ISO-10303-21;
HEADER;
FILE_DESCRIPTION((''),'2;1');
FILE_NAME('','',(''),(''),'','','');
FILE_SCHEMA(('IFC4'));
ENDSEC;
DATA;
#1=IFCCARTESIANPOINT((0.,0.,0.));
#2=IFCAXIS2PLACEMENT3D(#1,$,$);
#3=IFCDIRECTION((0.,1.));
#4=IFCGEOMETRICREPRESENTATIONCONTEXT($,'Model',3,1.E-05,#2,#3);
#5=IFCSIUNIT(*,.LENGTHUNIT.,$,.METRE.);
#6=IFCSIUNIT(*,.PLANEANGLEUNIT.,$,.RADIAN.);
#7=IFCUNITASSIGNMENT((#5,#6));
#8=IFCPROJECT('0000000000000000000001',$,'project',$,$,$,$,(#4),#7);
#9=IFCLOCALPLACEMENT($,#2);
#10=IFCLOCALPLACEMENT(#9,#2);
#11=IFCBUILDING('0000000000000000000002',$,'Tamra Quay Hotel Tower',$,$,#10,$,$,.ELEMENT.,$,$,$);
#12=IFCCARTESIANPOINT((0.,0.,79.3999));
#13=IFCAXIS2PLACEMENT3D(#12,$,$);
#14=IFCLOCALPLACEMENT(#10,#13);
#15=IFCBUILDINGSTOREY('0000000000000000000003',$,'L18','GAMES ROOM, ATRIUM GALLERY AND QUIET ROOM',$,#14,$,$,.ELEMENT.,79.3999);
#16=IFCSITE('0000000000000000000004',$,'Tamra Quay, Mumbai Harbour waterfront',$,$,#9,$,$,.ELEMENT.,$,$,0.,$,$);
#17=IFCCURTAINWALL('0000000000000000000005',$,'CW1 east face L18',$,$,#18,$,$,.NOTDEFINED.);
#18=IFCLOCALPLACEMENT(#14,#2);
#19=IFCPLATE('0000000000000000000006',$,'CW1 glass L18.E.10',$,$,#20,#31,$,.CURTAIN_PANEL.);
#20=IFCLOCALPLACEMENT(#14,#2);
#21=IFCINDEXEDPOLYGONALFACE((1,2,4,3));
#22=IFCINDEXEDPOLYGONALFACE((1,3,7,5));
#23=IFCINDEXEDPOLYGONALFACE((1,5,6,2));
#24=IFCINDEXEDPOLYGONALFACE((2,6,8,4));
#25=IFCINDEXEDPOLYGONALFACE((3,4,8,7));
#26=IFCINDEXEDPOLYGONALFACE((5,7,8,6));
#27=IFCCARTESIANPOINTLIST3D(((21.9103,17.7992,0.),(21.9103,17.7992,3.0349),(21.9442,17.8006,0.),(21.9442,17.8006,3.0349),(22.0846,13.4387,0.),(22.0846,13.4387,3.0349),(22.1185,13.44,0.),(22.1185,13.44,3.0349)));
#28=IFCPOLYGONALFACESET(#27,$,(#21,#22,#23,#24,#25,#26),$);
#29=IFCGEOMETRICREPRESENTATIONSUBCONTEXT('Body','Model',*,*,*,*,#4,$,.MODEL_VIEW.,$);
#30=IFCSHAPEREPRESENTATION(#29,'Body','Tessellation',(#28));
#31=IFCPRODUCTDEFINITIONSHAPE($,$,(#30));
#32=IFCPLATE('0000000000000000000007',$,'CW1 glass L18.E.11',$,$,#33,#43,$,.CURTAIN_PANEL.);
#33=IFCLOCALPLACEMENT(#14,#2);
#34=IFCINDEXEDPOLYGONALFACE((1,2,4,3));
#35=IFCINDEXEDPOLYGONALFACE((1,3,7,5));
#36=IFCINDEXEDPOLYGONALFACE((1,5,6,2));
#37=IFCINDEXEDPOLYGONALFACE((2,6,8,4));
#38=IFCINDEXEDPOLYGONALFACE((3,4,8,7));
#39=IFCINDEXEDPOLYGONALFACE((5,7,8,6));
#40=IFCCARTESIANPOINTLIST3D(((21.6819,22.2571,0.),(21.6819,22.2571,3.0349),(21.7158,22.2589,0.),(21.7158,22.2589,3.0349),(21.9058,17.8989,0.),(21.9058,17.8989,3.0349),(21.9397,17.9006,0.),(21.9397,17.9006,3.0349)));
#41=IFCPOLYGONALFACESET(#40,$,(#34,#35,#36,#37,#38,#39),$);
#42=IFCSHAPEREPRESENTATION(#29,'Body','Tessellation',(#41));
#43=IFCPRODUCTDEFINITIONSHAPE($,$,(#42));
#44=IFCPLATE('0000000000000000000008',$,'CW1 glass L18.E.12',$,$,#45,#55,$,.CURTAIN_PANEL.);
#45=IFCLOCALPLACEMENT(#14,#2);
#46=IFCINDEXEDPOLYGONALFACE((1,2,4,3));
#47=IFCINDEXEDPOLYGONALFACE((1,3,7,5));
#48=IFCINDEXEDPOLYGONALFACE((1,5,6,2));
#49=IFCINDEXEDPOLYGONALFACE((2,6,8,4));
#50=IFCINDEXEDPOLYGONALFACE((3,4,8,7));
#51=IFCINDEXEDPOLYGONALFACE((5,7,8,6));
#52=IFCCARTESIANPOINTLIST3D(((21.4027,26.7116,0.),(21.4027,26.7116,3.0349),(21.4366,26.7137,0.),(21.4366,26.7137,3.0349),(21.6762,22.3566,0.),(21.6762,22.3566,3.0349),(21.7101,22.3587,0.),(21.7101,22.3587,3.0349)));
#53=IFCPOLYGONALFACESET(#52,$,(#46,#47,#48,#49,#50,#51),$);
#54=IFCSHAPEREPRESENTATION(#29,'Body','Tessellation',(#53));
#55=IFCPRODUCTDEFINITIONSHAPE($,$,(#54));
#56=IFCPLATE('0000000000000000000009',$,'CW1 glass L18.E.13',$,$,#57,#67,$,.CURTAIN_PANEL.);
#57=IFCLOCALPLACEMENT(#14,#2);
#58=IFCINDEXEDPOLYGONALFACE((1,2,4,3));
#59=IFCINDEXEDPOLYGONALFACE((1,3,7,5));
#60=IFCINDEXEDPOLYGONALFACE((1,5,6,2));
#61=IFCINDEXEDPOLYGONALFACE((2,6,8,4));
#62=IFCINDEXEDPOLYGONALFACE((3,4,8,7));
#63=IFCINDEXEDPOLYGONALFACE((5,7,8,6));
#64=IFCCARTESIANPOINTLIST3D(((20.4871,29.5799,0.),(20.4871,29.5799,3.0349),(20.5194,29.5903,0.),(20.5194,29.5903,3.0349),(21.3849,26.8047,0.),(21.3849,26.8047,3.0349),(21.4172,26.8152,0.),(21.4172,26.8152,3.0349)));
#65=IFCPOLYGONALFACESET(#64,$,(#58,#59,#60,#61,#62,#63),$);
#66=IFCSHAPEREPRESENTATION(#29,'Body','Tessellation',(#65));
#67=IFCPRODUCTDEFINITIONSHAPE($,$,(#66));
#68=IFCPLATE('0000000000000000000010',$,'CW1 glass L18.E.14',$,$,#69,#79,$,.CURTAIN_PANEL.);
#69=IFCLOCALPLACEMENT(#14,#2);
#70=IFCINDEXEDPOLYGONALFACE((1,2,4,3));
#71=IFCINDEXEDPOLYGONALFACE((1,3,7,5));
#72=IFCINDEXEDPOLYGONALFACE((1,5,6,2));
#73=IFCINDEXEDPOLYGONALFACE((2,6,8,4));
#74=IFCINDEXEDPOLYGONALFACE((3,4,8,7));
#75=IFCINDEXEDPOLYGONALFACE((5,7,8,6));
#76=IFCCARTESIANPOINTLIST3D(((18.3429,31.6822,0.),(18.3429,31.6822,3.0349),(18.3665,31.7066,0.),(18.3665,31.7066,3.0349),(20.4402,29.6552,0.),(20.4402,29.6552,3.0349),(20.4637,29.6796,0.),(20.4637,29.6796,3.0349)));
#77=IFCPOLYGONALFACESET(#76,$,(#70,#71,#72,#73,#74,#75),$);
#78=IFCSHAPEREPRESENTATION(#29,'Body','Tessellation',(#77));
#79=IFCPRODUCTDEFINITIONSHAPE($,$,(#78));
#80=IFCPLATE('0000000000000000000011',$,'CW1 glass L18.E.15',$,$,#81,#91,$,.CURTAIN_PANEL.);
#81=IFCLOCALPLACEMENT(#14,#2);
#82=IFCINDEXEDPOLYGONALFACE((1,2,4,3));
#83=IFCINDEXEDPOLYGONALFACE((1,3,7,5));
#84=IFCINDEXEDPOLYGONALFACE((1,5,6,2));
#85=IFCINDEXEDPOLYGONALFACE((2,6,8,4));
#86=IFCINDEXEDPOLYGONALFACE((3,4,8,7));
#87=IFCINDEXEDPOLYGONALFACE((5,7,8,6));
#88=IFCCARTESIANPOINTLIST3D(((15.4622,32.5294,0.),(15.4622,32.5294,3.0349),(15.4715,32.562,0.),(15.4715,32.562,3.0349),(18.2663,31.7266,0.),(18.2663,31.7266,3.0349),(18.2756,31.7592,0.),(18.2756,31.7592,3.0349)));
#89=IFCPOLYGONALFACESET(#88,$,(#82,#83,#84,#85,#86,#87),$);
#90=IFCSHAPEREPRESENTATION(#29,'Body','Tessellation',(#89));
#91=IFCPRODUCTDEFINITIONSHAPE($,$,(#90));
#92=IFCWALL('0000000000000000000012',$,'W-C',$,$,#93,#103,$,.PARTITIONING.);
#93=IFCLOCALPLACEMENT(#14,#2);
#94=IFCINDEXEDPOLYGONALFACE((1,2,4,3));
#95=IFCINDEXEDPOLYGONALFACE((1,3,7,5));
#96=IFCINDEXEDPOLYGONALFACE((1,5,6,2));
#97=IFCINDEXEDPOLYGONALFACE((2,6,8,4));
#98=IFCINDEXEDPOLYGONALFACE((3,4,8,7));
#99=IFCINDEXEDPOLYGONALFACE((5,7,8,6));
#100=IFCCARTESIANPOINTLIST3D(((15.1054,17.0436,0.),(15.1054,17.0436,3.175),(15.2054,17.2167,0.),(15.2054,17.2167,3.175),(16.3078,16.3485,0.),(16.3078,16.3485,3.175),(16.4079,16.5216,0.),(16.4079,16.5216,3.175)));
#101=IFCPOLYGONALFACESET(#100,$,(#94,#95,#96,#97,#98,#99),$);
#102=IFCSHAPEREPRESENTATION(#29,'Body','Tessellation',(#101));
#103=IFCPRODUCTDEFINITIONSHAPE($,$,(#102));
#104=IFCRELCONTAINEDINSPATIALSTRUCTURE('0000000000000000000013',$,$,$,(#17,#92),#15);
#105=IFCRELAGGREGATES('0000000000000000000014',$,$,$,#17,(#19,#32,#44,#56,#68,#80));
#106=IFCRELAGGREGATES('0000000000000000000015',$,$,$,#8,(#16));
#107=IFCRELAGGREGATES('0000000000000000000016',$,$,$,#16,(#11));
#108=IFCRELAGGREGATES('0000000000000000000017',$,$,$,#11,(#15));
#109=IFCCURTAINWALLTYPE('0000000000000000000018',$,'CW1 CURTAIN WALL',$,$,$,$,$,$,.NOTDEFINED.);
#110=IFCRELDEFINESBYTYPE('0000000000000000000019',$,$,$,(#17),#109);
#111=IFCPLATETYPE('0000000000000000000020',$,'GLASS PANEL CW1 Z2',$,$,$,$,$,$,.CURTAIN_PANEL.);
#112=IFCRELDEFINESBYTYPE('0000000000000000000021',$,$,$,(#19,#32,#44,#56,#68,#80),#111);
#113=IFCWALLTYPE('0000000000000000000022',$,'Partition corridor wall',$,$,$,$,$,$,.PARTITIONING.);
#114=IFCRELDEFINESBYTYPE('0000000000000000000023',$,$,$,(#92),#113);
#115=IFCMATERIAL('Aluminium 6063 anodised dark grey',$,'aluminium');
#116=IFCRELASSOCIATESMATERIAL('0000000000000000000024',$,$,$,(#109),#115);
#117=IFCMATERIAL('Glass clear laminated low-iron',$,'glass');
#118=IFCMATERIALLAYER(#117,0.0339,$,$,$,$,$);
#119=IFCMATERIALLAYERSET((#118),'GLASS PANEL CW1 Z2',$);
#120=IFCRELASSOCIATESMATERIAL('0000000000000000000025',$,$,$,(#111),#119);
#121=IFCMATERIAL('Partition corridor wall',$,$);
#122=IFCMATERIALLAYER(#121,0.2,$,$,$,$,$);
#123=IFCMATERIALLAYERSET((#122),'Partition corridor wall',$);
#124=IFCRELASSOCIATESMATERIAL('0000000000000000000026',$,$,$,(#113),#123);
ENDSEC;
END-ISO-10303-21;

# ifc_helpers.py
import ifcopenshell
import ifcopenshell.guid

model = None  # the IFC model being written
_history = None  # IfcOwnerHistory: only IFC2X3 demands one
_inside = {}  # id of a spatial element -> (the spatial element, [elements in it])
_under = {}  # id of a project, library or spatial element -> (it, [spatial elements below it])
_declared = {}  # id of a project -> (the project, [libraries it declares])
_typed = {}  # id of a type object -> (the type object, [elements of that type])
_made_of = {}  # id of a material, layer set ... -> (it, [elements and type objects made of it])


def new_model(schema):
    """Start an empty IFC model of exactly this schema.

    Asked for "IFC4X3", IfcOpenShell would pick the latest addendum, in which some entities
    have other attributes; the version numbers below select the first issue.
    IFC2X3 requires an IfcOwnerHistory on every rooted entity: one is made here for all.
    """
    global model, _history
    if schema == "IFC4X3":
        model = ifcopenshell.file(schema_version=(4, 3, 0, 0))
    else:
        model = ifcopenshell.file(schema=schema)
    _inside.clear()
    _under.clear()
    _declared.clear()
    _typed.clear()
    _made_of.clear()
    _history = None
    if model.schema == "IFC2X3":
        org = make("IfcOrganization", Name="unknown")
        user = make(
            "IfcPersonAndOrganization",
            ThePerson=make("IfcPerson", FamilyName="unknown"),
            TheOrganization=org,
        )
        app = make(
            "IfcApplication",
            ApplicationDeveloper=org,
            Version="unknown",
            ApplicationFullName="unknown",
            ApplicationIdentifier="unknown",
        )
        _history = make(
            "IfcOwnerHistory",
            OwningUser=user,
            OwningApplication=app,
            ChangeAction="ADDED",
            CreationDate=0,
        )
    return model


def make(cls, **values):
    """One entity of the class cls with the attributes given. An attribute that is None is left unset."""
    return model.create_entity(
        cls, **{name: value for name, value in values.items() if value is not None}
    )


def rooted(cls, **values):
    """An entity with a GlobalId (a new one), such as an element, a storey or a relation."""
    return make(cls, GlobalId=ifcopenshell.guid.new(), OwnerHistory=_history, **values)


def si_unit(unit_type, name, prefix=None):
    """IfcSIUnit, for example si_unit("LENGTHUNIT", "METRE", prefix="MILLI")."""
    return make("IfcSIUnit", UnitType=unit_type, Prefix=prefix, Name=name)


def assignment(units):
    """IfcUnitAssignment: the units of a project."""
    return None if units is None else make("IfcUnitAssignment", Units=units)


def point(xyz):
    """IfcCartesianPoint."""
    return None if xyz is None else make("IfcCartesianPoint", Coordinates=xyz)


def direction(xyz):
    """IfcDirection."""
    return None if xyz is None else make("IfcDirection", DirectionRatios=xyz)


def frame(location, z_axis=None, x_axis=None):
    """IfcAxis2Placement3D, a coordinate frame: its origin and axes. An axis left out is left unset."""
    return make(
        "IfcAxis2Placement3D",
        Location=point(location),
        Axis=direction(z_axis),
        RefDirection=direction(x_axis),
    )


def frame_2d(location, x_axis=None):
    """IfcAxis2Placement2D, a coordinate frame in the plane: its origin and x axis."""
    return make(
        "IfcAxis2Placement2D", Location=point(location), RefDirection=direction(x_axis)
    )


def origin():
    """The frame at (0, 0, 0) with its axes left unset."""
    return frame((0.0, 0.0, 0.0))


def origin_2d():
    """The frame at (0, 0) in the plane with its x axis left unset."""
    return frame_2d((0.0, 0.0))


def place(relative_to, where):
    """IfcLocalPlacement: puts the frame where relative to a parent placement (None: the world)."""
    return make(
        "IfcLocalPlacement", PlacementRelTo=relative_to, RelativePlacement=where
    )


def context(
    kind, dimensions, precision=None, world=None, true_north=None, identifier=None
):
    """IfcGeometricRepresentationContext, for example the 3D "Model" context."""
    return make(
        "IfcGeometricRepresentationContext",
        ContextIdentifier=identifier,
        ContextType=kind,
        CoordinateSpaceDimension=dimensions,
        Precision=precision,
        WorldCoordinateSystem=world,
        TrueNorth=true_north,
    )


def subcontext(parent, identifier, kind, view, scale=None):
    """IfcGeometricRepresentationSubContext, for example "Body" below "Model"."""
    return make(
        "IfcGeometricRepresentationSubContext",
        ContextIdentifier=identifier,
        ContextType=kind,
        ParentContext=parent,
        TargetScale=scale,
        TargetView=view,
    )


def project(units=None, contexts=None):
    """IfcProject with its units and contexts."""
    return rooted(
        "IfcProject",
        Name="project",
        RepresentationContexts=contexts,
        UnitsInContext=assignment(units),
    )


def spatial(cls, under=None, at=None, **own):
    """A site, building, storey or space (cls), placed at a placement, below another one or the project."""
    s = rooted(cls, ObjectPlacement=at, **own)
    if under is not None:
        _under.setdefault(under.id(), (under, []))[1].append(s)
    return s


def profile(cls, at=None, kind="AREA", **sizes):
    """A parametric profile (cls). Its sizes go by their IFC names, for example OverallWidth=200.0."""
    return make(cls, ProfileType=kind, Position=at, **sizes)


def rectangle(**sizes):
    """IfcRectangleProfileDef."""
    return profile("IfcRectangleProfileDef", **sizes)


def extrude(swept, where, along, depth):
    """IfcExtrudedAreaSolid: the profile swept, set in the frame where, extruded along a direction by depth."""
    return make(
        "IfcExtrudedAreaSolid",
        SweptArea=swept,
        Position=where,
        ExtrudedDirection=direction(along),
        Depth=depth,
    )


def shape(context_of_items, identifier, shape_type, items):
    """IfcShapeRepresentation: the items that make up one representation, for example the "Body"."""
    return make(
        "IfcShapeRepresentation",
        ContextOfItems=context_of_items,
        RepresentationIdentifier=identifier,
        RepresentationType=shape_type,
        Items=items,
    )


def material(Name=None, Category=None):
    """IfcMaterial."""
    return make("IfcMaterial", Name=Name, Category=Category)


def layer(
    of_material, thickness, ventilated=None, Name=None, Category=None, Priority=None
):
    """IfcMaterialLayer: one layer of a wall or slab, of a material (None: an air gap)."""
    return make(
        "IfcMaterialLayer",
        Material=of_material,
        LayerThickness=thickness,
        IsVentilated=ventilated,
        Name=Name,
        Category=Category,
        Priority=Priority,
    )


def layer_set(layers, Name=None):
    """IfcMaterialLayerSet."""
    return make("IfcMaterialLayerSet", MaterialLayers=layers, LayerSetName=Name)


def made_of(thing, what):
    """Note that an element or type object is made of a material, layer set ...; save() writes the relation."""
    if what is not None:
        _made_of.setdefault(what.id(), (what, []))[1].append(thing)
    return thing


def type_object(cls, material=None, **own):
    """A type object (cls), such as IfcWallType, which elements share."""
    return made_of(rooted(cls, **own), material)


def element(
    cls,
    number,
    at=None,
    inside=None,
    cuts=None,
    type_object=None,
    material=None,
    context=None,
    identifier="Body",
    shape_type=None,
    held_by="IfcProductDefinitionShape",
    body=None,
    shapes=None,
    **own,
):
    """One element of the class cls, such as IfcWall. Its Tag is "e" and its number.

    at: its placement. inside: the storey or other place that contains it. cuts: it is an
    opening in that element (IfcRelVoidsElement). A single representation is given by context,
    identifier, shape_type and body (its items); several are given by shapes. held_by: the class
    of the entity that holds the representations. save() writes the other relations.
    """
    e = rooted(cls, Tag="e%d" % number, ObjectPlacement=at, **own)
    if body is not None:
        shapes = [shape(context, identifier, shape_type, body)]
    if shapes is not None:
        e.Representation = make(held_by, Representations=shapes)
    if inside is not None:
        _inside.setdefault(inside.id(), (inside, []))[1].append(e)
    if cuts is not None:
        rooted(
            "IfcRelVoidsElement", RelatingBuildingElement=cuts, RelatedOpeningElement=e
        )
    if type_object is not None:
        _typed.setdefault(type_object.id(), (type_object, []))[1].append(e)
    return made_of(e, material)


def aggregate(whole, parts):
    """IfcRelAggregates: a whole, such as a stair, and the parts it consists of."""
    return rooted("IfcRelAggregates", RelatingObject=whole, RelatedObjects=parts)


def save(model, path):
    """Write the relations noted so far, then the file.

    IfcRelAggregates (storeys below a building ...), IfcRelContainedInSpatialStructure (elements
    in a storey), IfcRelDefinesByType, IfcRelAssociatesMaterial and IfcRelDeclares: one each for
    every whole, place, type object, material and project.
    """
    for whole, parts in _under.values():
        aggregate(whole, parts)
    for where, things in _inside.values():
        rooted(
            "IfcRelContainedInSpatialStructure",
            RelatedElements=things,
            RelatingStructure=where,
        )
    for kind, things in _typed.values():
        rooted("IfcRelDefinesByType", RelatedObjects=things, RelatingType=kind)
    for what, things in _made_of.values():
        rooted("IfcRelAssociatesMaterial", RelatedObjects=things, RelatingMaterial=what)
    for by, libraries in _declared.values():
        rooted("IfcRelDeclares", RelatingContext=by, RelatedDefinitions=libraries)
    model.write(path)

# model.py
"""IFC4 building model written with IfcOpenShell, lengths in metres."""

from ifc_helpers import new_model, si_unit, direction, frame, frame_2d, origin, origin_2d, place, context, subcontext, project, spatial, rectangle, extrude, material, layer, layer_set, type_object, element, aggregate, save


model = new_model("IFC4")

# Units and contexts
model_context = context("Model", 3, precision=1e-05, world=origin(), true_north=direction((0.0, 1.0)))
body_context = subcontext(model_context, "Body", "Model", "MODEL_VIEW")
ifc_project = project(units=[si_unit("LENGTHUNIT", "METRE"), si_unit("PLANEANGLEUNIT", "RADIAN")], contexts=[model_context])

# Site, building, storey
site_placement = place(None, origin())
site = spatial("IfcSite", under=ifc_project, at=site_placement, Name="Tamra Quay, Mumbai Harbour waterfront", CompositionType="ELEMENT", RefElevation=0.0)
building_placement = place(site_placement, origin())
building = spatial("IfcBuilding", under=site, at=building_placement, Name="Tamra Quay Hotel Tower", CompositionType="ELEMENT")
storey_placement = place(building_placement, frame((0.0, 0.0, 79.3999)))
storey = spatial("IfcBuildingStorey", under=building, at=storey_placement, Name="L18", Description="GAMES ROOM, ATRIUM GALLERY AND QUIET ROOM", CompositionType="ELEMENT", Elevation=79.3999)

# Curtain wall, plates
ifc_material_1 = material(Name="Aluminium 6063 anodised dark grey", Category="aluminium")
curtain_wall_type = type_object("IfcCurtainWallType", Name="CW1 CURTAIN WALL", PredefinedType="NOTDEFINED", material=ifc_material_1)
curtain_wall_placement = place(storey_placement, origin())
curtain_wall = element("IfcCurtainWall", 1, at=curtain_wall_placement, inside=storey, type_object=curtain_wall_type, Name="CW1 east face L18", PredefinedType="NOTDEFINED")
ifc_material_2 = material(Name="Glass clear laminated low-iron", Category="glass")
ifc_layer_1 = layer(ifc_material_2, 0.0339)
ifc_layer_set_1 = layer_set([ifc_layer_1], Name="GLASS PANEL CW1 Z2")
plate_type = type_object("IfcPlateType", Name="GLASS PANEL CW1 Z2", PredefinedType="CURTAIN_PANEL", material=ifc_layer_set_1)
plate_1_placement = place(storey_placement, frame((22.0144, 15.6196, 0.0), z_axis=(0.0, 0.0, 1.0), x_axis=(-0.039944, 0.999202, 0.0)))
plate_1 = element("IfcPlate", 2, at=plate_1_placement, type_object=plate_type, Name="CW1 glass L18.E.10", PredefinedType="CURTAIN_PANEL", context=body_context, shape_type="SweptSolid", body=[
    extrude(rectangle(XDim=4.364, YDim=0.0339, at=origin_2d()), origin(), (0.0, 0.0, 1.0), 3.0349),
])
plate_2_placement = place(storey_placement, frame((21.8108, 20.0789, 0.0), z_axis=(0.0, 0.0, 1.0), x_axis=(-0.051321, 0.998682, 0.0)))
plate_2 = element("IfcPlate", 3, at=plate_2_placement, type_object=plate_type, Name="CW1 glass L18.E.11", PredefinedType="CURTAIN_PANEL", context=body_context, shape_type="SweptSolid", body=[
    extrude(rectangle(XDim=4.364, YDim=0.0339, at=origin_2d()), origin(), (0.0, 0.0, 1.0), 3.0349),
])
plate_3_placement = place(storey_placement, frame((21.5564, 24.5352, 0.0), z_axis=(0.0, 0.0, 1.0), x_axis=(-0.06267, 0.998034, 0.0)))
plate_3 = element("IfcPlate", 4, at=plate_3_placement, type_object=plate_type, Name="CW1 glass L18.E.12", PredefinedType="CURTAIN_PANEL", context=body_context, shape_type="SweptSolid", body=[
    extrude(rectangle(XDim=4.3635, YDim=0.0339, at=origin_2d()), origin(), (0.0, 0.0, 1.0), 3.0349),
])
plate_4_placement = place(storey_placement, frame((20.9521, 28.1975, 0.0), z_axis=(0.0, 0.0, 1.0), x_axis=(-0.307791, 0.951454, 0.0)))
plate_4 = element("IfcPlate", 5, at=plate_4_placement, type_object=plate_type, Name="CW1 glass L18.E.13", PredefinedType="CURTAIN_PANEL", context=body_context, shape_type="SweptSolid", body=[
    extrude(rectangle(XDim=2.9167, YDim=0.0339, at=origin_2d()), origin(), (0.0, 0.0, 1.0), 3.0349),
])
plate_5_placement = place(storey_placement, frame((19.4033, 30.6809, 0.0), z_axis=(0.0, 0.0, 1.0), x_axis=(-0.719041, 0.694967, 0.0)))
plate_5 = element("IfcPlate", 6, at=plate_5_placement, type_object=plate_type, Name="CW1 glass L18.E.14", PredefinedType="CURTAIN_PANEL", context=body_context, shape_type="SweptSolid", body=[
    extrude(rectangle(XDim=2.9167, YDim=0.0339, at=origin_2d()), origin(), (0.0, 0.0, 1.0), 3.0349),
])
plate_6_placement = place(storey_placement, frame((16.8689, 32.1443, 0.0), z_axis=(0.0, 0.0, 1.0), x_axis=(-0.96138, 0.275224, 0.0)))
plate_6 = element("IfcPlate", 7, at=plate_6_placement, type_object=plate_type, Name="CW1 glass L18.E.15", PredefinedType="CURTAIN_PANEL", context=body_context, shape_type="SweptSolid", body=[
    extrude(rectangle(XDim=2.9167, YDim=0.0339, at=origin_2d()), origin(), (0.0, 0.0, 1.0), 3.0349),
])
aggregate(curtain_wall, [plate_1, plate_2, plate_3, plate_4, plate_5, plate_6])

# Wall
ifc_material_3 = material(Name="Partition corridor wall")
ifc_layer_2 = layer(ifc_material_3, 0.2)
ifc_layer_set_2 = layer_set([ifc_layer_2], Name="Partition corridor wall")
wall_type = type_object("IfcWallType", Name="Partition corridor wall", PredefinedType="PARTITIONING", material=ifc_layer_set_2)
wall_placement = place(storey_placement, frame((15.1555, 17.1301, 0.0), z_axis=(0.0, 0.0, 1.0), x_axis=(0.865755, -0.500468, 0.0)))
element("IfcWall", 8, at=wall_placement, inside=storey, type_object=wall_type, Name="W-C", PredefinedType="PARTITIONING", context=body_context, shape_type="SweptSolid", body=[
    extrude(rectangle(XDim=1.3889, YDim=0.2, at=frame_2d((0.6943, 0.0))), origin(), (0.0, 0.0, 1.0), 3.175),
])

save(model, "model.ifc")
